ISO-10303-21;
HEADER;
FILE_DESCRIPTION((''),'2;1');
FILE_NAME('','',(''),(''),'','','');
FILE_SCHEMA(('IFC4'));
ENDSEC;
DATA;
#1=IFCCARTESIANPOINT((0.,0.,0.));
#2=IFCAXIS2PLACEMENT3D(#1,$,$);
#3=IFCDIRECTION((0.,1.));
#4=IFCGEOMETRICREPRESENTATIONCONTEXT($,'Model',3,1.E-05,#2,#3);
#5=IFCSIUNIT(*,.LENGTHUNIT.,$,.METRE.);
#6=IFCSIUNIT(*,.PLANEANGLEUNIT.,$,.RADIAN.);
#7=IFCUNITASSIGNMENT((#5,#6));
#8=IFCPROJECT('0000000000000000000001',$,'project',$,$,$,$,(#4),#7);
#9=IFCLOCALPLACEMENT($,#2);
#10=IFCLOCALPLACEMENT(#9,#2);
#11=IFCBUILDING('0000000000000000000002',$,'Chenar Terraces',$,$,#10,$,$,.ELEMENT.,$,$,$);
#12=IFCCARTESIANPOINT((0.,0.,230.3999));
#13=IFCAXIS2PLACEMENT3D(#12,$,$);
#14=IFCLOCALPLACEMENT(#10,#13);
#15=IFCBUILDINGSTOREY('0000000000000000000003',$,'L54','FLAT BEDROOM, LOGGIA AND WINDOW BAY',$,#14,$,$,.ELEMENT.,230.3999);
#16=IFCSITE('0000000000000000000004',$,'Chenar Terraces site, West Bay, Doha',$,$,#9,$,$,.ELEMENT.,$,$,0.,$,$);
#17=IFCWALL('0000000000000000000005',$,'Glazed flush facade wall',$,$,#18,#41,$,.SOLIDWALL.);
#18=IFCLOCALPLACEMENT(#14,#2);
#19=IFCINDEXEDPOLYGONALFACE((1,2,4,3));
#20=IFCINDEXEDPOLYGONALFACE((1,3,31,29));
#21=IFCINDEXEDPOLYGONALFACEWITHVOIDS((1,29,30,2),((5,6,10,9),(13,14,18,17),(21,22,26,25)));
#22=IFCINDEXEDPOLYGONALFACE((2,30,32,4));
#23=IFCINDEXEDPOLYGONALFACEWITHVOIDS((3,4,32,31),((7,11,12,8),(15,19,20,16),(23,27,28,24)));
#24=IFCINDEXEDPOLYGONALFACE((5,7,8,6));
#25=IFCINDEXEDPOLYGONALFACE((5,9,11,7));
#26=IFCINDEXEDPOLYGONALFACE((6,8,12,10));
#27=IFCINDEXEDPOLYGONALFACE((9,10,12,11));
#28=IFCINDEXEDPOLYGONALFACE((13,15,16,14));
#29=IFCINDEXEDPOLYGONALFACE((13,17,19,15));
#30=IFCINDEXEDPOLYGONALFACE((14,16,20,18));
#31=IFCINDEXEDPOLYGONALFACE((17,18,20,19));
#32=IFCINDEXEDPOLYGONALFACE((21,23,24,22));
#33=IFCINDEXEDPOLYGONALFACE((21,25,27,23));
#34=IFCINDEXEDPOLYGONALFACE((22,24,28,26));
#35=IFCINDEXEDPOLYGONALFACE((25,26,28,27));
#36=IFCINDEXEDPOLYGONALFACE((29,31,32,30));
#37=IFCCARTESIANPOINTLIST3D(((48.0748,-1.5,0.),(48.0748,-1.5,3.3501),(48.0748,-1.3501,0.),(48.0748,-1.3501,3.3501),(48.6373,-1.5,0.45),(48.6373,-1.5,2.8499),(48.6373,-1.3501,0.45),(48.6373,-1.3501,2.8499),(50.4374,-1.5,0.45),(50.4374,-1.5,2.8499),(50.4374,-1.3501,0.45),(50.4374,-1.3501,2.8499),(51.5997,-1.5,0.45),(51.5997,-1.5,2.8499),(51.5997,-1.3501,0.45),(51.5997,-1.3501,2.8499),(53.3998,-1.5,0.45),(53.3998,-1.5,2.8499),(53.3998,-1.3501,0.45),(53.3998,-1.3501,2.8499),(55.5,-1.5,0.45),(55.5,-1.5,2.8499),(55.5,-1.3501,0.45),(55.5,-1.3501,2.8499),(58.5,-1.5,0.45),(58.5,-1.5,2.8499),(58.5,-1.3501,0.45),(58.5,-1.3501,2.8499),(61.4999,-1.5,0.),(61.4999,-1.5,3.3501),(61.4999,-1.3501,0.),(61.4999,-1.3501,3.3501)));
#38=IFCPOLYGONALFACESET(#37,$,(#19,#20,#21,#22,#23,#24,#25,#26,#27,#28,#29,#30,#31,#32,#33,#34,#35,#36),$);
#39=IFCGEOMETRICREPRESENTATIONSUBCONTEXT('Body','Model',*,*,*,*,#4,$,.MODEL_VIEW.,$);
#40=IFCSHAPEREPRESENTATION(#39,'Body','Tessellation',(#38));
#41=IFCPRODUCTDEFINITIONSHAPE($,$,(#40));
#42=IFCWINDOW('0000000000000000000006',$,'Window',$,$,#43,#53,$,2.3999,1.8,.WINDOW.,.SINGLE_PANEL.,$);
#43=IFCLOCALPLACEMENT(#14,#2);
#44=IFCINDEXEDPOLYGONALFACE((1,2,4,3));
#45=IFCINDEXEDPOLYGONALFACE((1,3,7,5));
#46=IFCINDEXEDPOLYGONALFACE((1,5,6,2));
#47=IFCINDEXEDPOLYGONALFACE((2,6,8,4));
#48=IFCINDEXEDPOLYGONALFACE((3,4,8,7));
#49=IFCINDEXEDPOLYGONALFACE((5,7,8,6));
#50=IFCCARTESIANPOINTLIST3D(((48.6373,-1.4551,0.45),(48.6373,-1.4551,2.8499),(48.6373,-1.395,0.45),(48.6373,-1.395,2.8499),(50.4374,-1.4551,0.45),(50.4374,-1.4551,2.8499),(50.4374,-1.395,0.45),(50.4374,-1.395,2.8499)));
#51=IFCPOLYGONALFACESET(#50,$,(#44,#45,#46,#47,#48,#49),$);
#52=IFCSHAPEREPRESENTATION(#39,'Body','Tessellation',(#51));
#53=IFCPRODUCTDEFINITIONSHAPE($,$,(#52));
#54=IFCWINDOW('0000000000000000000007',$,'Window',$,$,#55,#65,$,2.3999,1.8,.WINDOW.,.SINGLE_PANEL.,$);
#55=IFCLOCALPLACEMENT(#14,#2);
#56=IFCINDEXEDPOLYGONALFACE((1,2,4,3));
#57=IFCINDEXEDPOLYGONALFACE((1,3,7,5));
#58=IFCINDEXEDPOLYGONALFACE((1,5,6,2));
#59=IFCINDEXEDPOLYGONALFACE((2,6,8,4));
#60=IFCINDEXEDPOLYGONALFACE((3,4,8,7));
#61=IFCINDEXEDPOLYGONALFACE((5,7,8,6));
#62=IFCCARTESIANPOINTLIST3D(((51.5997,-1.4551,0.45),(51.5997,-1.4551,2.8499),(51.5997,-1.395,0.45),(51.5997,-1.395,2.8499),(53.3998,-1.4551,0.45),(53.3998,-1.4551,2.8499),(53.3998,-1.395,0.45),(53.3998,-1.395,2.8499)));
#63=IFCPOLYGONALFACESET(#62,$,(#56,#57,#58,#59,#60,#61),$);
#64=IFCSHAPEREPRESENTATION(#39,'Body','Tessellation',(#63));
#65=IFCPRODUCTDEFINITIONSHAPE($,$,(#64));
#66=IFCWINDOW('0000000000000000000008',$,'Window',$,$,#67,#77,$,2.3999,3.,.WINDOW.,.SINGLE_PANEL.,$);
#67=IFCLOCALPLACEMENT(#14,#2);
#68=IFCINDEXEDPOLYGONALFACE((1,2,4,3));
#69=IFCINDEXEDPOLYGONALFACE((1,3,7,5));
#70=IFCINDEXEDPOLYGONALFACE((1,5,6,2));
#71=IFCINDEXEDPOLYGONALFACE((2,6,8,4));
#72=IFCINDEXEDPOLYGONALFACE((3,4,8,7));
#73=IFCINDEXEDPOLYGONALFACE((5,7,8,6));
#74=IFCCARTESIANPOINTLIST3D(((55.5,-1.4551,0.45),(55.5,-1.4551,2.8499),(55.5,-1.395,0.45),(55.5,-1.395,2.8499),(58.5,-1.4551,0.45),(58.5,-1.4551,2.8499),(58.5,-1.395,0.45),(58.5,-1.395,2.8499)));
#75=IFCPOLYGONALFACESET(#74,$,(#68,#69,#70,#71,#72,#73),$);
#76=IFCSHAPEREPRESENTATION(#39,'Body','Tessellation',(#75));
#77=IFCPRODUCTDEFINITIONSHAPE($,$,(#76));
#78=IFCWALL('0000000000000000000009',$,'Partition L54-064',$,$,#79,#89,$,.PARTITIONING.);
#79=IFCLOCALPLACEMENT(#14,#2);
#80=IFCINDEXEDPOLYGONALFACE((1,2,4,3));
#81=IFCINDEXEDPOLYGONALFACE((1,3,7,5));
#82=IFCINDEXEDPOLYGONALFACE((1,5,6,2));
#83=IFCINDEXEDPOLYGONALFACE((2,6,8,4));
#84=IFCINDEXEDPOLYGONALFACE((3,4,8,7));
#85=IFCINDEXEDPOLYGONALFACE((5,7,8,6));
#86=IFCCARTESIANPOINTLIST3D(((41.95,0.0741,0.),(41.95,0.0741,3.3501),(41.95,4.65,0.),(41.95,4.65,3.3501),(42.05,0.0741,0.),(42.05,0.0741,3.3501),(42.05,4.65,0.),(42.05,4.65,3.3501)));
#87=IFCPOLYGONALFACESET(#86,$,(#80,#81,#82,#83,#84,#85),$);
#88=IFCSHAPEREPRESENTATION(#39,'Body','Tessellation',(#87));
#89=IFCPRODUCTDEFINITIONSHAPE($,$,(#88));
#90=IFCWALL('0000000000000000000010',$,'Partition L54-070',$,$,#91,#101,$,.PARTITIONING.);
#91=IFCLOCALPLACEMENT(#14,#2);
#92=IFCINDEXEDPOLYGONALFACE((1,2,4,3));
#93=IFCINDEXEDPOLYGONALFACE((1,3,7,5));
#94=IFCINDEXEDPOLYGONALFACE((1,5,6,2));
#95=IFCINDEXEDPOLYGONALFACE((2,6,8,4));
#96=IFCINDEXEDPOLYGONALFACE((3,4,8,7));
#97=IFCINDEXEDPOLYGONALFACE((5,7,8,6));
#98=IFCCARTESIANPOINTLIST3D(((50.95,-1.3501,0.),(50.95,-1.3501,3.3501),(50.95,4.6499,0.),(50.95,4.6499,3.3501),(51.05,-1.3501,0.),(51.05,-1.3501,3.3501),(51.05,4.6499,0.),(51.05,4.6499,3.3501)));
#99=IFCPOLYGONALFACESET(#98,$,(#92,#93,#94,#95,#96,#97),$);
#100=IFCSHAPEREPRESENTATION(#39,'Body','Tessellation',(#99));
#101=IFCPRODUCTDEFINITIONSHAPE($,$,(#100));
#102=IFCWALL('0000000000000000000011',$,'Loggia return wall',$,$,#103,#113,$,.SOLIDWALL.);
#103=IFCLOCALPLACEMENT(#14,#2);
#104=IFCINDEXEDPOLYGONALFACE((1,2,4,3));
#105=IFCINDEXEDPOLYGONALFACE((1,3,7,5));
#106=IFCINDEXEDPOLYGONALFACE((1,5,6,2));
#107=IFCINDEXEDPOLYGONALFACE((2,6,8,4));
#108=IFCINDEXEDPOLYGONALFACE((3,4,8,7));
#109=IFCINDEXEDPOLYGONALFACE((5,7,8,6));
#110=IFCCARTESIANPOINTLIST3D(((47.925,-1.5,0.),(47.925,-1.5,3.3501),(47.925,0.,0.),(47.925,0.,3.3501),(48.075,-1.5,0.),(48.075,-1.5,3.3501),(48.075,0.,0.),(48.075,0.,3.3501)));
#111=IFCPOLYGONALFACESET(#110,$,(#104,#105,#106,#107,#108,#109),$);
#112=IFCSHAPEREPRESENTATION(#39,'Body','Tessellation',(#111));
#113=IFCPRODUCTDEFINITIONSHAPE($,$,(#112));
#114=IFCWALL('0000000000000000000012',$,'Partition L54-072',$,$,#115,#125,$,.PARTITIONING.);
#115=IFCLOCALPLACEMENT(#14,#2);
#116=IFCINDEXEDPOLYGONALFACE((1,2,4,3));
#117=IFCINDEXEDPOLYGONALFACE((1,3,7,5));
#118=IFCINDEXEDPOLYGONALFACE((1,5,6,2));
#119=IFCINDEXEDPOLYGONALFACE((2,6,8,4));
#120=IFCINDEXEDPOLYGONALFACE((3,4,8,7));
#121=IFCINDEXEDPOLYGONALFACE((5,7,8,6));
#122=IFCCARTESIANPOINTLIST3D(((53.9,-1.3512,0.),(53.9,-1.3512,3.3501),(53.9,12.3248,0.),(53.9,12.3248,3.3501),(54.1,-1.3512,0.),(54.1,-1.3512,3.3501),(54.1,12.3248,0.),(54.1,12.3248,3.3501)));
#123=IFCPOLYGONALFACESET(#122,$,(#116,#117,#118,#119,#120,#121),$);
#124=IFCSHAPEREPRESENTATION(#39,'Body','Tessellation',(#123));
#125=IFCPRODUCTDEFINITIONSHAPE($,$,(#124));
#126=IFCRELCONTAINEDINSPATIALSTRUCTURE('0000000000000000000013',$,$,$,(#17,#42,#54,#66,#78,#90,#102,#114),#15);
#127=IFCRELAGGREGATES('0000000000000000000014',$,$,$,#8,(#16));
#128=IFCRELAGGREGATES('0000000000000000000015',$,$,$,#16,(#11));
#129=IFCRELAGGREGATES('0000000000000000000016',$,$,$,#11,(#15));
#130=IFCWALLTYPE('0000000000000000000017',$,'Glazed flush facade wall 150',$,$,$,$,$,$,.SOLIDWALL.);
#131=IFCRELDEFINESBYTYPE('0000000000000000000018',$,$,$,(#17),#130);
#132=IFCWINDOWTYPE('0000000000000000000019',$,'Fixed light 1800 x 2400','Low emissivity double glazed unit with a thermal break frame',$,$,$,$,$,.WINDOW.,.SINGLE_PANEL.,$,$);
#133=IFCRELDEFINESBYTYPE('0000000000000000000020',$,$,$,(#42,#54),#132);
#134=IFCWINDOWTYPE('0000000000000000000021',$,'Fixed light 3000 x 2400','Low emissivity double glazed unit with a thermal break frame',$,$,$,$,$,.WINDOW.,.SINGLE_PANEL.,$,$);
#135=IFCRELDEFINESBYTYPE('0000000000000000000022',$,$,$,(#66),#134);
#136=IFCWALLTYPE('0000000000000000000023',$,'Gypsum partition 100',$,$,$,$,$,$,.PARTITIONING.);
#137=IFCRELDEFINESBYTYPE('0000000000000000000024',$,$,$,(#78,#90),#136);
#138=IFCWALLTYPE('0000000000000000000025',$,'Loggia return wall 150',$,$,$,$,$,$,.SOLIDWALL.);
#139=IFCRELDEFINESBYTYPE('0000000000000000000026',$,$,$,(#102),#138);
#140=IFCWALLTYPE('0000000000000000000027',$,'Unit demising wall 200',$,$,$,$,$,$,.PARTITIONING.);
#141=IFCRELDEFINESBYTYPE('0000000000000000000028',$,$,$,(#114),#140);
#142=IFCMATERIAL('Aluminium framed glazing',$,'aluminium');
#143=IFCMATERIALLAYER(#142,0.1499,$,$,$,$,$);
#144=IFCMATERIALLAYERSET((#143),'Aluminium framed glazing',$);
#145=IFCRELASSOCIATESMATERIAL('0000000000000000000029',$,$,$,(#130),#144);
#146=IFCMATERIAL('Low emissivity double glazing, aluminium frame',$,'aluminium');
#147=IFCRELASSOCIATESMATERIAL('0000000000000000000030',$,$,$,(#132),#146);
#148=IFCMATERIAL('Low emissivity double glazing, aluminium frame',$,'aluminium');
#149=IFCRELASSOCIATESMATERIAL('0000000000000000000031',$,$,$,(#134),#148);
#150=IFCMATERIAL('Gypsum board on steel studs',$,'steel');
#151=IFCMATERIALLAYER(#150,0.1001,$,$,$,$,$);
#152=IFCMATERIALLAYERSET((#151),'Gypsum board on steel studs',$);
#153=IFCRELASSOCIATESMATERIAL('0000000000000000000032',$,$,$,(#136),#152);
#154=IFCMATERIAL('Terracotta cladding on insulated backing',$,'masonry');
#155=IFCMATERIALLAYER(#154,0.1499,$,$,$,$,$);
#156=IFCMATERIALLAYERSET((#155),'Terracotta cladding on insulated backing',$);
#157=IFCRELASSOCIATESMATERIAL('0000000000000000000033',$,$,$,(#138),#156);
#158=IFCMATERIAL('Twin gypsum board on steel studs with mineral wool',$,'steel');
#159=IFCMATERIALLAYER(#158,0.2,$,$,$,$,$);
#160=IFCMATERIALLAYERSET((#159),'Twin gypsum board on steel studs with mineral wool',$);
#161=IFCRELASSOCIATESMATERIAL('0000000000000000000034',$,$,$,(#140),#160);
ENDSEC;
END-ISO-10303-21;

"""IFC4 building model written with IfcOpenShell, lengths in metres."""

from ifc_helpers import new_model, si_unit, direction, frame, frame_2d, origin, place, context, subcontext, project, spatial, rectangle, extrude, material, layer, layer_set, type_object, element, fill, save


model = new_model("IFC4")

# Units and contexts
model_context = context("Model", 3, precision=1e-05, world=origin(), true_north=direction((0.0, 1.0)))
body_context = subcontext(model_context, "Body", "Model", "MODEL_VIEW")
ifc_project = project(units=[si_unit("LENGTHUNIT", "METRE"), si_unit("PLANEANGLEUNIT", "RADIAN")], contexts=[model_context])

# Site, building, storey
site_placement = place(None, origin())
site = spatial("IfcSite", under=ifc_project, at=site_placement, Name="Chenar Terraces site, West Bay, Doha", CompositionType="ELEMENT", RefElevation=0.0)
building_placement = place(site_placement, origin())
building = spatial("IfcBuilding", under=site, at=building_placement, Name="Chenar Terraces", CompositionType="ELEMENT")
storey_placement = place(building_placement, frame((0.0, 0.0, 230.3999)))
storey = spatial("IfcBuildingStorey", under=building, at=storey_placement, Name="L54", Description="FLAT BEDROOM, LOGGIA AND WINDOW BAY", CompositionType="ELEMENT", Elevation=230.3999)

# Wall, openings, windows
ifc_material_1 = material(Name="Aluminium framed glazing", Category="aluminium")
ifc_layer_1 = layer(ifc_material_1, 0.1499)
ifc_layer_set_1 = layer_set([ifc_layer_1], Name="Aluminium framed glazing")
wall_type_1 = type_object("IfcWallType", Name="Glazed flush facade wall 150", PredefinedType="SOLIDWALL", material=ifc_layer_set_1)
wall_1_placement = place(storey_placement, frame((48.075, -1.425, 0.0), z_axis=(0.0, 0.0, 1.0), x_axis=(1.0, 0.0, 0.0)))
wall_1 = element("IfcWall", 1, at=wall_1_placement, inside=storey, type_object=wall_type_1, Name="Glazed flush facade wall", PredefinedType="SOLIDWALL", context=body_context, shape_type="SweptSolid", body=[
    extrude(rectangle(XDim=13.425, YDim=0.1499, at=frame_2d((6.7124, 0.0))), origin(), (0.0, 0.0, 1.0), 3.3501),
])
opening_1_placement = place(wall_1_placement, frame((0.5625, 0.0, 0.45)))
opening_1 = element("IfcOpeningElement", 2, at=opening_1_placement, cuts=wall_1, PredefinedType="OPENING", context=body_context, shape_type="SweptSolid", body=[
    extrude(rectangle(XDim=1.8, YDim=2.3999, at=frame_2d((0.8999, 1.2))), frame((0.0, 0.085, 0.0), z_axis=(0.0, -1.0, 0.0), x_axis=(1.0, 0.0, 0.0)), (0.0, 0.0, 1.0), 0.1699),
])
opening_2_placement = place(wall_1_placement, frame((3.5249, 0.0, 0.45)))
opening_2 = element("IfcOpeningElement", 3, at=opening_2_placement, cuts=wall_1, PredefinedType="OPENING", context=body_context, shape_type="SweptSolid", body=[
    extrude(rectangle(XDim=1.8, YDim=2.3999, at=frame_2d((0.8999, 1.2))), frame((0.0, 0.085, 0.0), z_axis=(0.0, -1.0, 0.0), x_axis=(1.0, 0.0, 0.0)), (0.0, 0.0, 1.0), 0.1699),
])
opening_3_placement = place(wall_1_placement, frame((7.425, 0.0, 0.45)))
opening_3 = element("IfcOpeningElement", 4, at=opening_3_placement, cuts=wall_1, PredefinedType="OPENING", context=body_context, shape_type="SweptSolid", body=[
    extrude(rectangle(XDim=3.0, YDim=2.3999, at=frame_2d((1.5, 1.2))), frame((0.0, 0.085, 0.0), z_axis=(0.0, -1.0, 0.0), x_axis=(1.0, 0.0, 0.0)), (0.0, 0.0, 1.0), 0.1699),
])
ifc_material_2 = material(Name="Low emissivity double glazing, aluminium frame", Category="aluminium")
window_type_1 = type_object("IfcWindowType", Name="Fixed light 1800 x 2400", Description="Low emissivity double glazed unit with a thermal break frame", PartitioningType="SINGLE_PANEL", PredefinedType="WINDOW", material=ifc_material_2)
window_1_placement = place(opening_1_placement, origin())
window_1 = element("IfcWindow", 5, at=window_1_placement, inside=storey, type_object=window_type_1, Name="Window", OverallHeight=2.3999, OverallWidth=1.8, PartitioningType="SINGLE_PANEL", PredefinedType="WINDOW", context=body_context, shape_type="SweptSolid", body=[
    extrude(rectangle(XDim=1.8, YDim=2.3999, at=frame_2d((0.8999, 1.2))), frame((0.0, 0.03, 0.0), z_axis=(0.0, -1.0, 0.0), x_axis=(1.0, 0.0, 0.0)), (0.0, 0.0, 1.0), 0.0601),
])
fill(opening_1, window_1)
window_2_placement = place(opening_2_placement, origin())
window_2 = element("IfcWindow", 6, at=window_2_placement, inside=storey, type_object=window_type_1, Name="Window", OverallHeight=2.3999, OverallWidth=1.8, PartitioningType="SINGLE_PANEL", PredefinedType="WINDOW", context=body_context, shape_type="SweptSolid", body=[
    extrude(rectangle(XDim=1.8, YDim=2.3999, at=frame_2d((0.8999, 1.2))), frame((0.0, 0.03, 0.0), z_axis=(0.0, -1.0, 0.0), x_axis=(1.0, 0.0, 0.0)), (0.0, 0.0, 1.0), 0.0601),
])
fill(opening_2, window_2)
ifc_material_3 = material(Name="Low emissivity double glazing, aluminium frame", Category="aluminium")
window_type_2 = type_object("IfcWindowType", Name="Fixed light 3000 x 2400", Description="Low emissivity double glazed unit with a thermal break frame", PartitioningType="SINGLE_PANEL", PredefinedType="WINDOW", material=ifc_material_3)
window_3_placement = place(opening_3_placement, origin())
window_3 = element("IfcWindow", 7, at=window_3_placement, inside=storey, type_object=window_type_2, Name="Window", OverallHeight=2.3999, OverallWidth=3.0, PartitioningType="SINGLE_PANEL", PredefinedType="WINDOW", context=body_context, shape_type="SweptSolid", body=[
    extrude(rectangle(XDim=3.0, YDim=2.3999, at=frame_2d((1.5, 1.2))), frame((0.0, 0.03, 0.0), z_axis=(0.0, -1.0, 0.0), x_axis=(1.0, 0.0, 0.0)), (0.0, 0.0, 1.0), 0.0601),
])
fill(opening_3, window_3)

# Walls
ifc_material_4 = material(Name="Gypsum board on steel studs", Category="steel")
ifc_layer_2 = layer(ifc_material_4, 0.1001)
ifc_layer_set_2 = layer_set([ifc_layer_2], Name="Gypsum board on steel studs")
wall_type_2 = type_object("IfcWallType", Name="Gypsum partition 100", PredefinedType="PARTITIONING", material=ifc_layer_set_2)
wall_2_placement = place(storey_placement, frame((42.0, 0.074, 0.0), z_axis=(0.0, 0.0, 1.0), x_axis=(0.0, 1.0, 0.0)))
element("IfcWall", 8, at=wall_2_placement, inside=storey, type_object=wall_type_2, Name="Partition L54-064", PredefinedType="PARTITIONING", context=body_context, shape_type="SweptSolid", body=[
    extrude(rectangle(XDim=4.5759, YDim=0.1001, at=frame_2d((2.2881, 0.0))), origin(), (0.0, 0.0, 1.0), 3.3501),
])
wall_3_placement = place(storey_placement, frame((51.0, -1.3501, 0.0), z_axis=(0.0, 0.0, 1.0), x_axis=(0.0, 1.0, 0.0)))
element("IfcWall", 9, at=wall_3_placement, inside=storey, type_object=wall_type_2, Name="Partition L54-070", PredefinedType="PARTITIONING", context=body_context, shape_type="SweptSolid", body=[
    extrude(rectangle(XDim=6.0, YDim=0.1001, at=frame_2d((3.0, 0.0))), origin(), (0.0, 0.0, 1.0), 3.3501),
])
ifc_material_5 = material(Name="Terracotta cladding on insulated backing", Category="masonry")
ifc_layer_3 = layer(ifc_material_5, 0.1499)
ifc_layer_set_3 = layer_set([ifc_layer_3], Name="Terracotta cladding on insulated backing")
wall_type_3 = type_object("IfcWallType", Name="Loggia return wall 150", PredefinedType="SOLIDWALL", material=ifc_layer_set_3)
wall_4_placement = place(storey_placement, frame((48.0, -1.5, 0.0), z_axis=(0.0, 0.0, 1.0), x_axis=(0.0, 1.0, 0.0)))
element("IfcWall", 10, at=wall_4_placement, inside=storey, type_object=wall_type_3, Name="Loggia return wall", PredefinedType="SOLIDWALL", context=body_context, shape_type="SweptSolid", body=[
    extrude(rectangle(XDim=1.5, YDim=0.1499, at=frame_2d((0.75, 0.0))), origin(), (0.0, 0.0, 1.0), 3.3501),
])
ifc_material_6 = material(Name="Twin gypsum board on steel studs with mineral wool", Category="steel")
ifc_layer_4 = layer(ifc_material_6, 0.2)
ifc_layer_set_4 = layer_set([ifc_layer_4], Name="Twin gypsum board on steel studs with mineral wool")
wall_type_4 = type_object("IfcWallType", Name="Unit demising wall 200", PredefinedType="PARTITIONING", material=ifc_layer_set_4)
wall_5_placement = place(storey_placement, frame((54.0, -1.3511, 0.0), z_axis=(0.0, 0.0, 1.0), x_axis=(0.0, 1.0, 0.0)))
element("IfcWall", 11, at=wall_5_placement, inside=storey, type_object=wall_type_4, Name="Partition L54-072", PredefinedType="PARTITIONING", context=body_context, shape_type="SweptSolid", body=[
    extrude(rectangle(XDim=13.676, YDim=0.2, at=frame_2d((6.8379, 0.0))), origin(), (0.0, 0.0, 1.0), 3.3501),
])

save(model, "model.ifc")
